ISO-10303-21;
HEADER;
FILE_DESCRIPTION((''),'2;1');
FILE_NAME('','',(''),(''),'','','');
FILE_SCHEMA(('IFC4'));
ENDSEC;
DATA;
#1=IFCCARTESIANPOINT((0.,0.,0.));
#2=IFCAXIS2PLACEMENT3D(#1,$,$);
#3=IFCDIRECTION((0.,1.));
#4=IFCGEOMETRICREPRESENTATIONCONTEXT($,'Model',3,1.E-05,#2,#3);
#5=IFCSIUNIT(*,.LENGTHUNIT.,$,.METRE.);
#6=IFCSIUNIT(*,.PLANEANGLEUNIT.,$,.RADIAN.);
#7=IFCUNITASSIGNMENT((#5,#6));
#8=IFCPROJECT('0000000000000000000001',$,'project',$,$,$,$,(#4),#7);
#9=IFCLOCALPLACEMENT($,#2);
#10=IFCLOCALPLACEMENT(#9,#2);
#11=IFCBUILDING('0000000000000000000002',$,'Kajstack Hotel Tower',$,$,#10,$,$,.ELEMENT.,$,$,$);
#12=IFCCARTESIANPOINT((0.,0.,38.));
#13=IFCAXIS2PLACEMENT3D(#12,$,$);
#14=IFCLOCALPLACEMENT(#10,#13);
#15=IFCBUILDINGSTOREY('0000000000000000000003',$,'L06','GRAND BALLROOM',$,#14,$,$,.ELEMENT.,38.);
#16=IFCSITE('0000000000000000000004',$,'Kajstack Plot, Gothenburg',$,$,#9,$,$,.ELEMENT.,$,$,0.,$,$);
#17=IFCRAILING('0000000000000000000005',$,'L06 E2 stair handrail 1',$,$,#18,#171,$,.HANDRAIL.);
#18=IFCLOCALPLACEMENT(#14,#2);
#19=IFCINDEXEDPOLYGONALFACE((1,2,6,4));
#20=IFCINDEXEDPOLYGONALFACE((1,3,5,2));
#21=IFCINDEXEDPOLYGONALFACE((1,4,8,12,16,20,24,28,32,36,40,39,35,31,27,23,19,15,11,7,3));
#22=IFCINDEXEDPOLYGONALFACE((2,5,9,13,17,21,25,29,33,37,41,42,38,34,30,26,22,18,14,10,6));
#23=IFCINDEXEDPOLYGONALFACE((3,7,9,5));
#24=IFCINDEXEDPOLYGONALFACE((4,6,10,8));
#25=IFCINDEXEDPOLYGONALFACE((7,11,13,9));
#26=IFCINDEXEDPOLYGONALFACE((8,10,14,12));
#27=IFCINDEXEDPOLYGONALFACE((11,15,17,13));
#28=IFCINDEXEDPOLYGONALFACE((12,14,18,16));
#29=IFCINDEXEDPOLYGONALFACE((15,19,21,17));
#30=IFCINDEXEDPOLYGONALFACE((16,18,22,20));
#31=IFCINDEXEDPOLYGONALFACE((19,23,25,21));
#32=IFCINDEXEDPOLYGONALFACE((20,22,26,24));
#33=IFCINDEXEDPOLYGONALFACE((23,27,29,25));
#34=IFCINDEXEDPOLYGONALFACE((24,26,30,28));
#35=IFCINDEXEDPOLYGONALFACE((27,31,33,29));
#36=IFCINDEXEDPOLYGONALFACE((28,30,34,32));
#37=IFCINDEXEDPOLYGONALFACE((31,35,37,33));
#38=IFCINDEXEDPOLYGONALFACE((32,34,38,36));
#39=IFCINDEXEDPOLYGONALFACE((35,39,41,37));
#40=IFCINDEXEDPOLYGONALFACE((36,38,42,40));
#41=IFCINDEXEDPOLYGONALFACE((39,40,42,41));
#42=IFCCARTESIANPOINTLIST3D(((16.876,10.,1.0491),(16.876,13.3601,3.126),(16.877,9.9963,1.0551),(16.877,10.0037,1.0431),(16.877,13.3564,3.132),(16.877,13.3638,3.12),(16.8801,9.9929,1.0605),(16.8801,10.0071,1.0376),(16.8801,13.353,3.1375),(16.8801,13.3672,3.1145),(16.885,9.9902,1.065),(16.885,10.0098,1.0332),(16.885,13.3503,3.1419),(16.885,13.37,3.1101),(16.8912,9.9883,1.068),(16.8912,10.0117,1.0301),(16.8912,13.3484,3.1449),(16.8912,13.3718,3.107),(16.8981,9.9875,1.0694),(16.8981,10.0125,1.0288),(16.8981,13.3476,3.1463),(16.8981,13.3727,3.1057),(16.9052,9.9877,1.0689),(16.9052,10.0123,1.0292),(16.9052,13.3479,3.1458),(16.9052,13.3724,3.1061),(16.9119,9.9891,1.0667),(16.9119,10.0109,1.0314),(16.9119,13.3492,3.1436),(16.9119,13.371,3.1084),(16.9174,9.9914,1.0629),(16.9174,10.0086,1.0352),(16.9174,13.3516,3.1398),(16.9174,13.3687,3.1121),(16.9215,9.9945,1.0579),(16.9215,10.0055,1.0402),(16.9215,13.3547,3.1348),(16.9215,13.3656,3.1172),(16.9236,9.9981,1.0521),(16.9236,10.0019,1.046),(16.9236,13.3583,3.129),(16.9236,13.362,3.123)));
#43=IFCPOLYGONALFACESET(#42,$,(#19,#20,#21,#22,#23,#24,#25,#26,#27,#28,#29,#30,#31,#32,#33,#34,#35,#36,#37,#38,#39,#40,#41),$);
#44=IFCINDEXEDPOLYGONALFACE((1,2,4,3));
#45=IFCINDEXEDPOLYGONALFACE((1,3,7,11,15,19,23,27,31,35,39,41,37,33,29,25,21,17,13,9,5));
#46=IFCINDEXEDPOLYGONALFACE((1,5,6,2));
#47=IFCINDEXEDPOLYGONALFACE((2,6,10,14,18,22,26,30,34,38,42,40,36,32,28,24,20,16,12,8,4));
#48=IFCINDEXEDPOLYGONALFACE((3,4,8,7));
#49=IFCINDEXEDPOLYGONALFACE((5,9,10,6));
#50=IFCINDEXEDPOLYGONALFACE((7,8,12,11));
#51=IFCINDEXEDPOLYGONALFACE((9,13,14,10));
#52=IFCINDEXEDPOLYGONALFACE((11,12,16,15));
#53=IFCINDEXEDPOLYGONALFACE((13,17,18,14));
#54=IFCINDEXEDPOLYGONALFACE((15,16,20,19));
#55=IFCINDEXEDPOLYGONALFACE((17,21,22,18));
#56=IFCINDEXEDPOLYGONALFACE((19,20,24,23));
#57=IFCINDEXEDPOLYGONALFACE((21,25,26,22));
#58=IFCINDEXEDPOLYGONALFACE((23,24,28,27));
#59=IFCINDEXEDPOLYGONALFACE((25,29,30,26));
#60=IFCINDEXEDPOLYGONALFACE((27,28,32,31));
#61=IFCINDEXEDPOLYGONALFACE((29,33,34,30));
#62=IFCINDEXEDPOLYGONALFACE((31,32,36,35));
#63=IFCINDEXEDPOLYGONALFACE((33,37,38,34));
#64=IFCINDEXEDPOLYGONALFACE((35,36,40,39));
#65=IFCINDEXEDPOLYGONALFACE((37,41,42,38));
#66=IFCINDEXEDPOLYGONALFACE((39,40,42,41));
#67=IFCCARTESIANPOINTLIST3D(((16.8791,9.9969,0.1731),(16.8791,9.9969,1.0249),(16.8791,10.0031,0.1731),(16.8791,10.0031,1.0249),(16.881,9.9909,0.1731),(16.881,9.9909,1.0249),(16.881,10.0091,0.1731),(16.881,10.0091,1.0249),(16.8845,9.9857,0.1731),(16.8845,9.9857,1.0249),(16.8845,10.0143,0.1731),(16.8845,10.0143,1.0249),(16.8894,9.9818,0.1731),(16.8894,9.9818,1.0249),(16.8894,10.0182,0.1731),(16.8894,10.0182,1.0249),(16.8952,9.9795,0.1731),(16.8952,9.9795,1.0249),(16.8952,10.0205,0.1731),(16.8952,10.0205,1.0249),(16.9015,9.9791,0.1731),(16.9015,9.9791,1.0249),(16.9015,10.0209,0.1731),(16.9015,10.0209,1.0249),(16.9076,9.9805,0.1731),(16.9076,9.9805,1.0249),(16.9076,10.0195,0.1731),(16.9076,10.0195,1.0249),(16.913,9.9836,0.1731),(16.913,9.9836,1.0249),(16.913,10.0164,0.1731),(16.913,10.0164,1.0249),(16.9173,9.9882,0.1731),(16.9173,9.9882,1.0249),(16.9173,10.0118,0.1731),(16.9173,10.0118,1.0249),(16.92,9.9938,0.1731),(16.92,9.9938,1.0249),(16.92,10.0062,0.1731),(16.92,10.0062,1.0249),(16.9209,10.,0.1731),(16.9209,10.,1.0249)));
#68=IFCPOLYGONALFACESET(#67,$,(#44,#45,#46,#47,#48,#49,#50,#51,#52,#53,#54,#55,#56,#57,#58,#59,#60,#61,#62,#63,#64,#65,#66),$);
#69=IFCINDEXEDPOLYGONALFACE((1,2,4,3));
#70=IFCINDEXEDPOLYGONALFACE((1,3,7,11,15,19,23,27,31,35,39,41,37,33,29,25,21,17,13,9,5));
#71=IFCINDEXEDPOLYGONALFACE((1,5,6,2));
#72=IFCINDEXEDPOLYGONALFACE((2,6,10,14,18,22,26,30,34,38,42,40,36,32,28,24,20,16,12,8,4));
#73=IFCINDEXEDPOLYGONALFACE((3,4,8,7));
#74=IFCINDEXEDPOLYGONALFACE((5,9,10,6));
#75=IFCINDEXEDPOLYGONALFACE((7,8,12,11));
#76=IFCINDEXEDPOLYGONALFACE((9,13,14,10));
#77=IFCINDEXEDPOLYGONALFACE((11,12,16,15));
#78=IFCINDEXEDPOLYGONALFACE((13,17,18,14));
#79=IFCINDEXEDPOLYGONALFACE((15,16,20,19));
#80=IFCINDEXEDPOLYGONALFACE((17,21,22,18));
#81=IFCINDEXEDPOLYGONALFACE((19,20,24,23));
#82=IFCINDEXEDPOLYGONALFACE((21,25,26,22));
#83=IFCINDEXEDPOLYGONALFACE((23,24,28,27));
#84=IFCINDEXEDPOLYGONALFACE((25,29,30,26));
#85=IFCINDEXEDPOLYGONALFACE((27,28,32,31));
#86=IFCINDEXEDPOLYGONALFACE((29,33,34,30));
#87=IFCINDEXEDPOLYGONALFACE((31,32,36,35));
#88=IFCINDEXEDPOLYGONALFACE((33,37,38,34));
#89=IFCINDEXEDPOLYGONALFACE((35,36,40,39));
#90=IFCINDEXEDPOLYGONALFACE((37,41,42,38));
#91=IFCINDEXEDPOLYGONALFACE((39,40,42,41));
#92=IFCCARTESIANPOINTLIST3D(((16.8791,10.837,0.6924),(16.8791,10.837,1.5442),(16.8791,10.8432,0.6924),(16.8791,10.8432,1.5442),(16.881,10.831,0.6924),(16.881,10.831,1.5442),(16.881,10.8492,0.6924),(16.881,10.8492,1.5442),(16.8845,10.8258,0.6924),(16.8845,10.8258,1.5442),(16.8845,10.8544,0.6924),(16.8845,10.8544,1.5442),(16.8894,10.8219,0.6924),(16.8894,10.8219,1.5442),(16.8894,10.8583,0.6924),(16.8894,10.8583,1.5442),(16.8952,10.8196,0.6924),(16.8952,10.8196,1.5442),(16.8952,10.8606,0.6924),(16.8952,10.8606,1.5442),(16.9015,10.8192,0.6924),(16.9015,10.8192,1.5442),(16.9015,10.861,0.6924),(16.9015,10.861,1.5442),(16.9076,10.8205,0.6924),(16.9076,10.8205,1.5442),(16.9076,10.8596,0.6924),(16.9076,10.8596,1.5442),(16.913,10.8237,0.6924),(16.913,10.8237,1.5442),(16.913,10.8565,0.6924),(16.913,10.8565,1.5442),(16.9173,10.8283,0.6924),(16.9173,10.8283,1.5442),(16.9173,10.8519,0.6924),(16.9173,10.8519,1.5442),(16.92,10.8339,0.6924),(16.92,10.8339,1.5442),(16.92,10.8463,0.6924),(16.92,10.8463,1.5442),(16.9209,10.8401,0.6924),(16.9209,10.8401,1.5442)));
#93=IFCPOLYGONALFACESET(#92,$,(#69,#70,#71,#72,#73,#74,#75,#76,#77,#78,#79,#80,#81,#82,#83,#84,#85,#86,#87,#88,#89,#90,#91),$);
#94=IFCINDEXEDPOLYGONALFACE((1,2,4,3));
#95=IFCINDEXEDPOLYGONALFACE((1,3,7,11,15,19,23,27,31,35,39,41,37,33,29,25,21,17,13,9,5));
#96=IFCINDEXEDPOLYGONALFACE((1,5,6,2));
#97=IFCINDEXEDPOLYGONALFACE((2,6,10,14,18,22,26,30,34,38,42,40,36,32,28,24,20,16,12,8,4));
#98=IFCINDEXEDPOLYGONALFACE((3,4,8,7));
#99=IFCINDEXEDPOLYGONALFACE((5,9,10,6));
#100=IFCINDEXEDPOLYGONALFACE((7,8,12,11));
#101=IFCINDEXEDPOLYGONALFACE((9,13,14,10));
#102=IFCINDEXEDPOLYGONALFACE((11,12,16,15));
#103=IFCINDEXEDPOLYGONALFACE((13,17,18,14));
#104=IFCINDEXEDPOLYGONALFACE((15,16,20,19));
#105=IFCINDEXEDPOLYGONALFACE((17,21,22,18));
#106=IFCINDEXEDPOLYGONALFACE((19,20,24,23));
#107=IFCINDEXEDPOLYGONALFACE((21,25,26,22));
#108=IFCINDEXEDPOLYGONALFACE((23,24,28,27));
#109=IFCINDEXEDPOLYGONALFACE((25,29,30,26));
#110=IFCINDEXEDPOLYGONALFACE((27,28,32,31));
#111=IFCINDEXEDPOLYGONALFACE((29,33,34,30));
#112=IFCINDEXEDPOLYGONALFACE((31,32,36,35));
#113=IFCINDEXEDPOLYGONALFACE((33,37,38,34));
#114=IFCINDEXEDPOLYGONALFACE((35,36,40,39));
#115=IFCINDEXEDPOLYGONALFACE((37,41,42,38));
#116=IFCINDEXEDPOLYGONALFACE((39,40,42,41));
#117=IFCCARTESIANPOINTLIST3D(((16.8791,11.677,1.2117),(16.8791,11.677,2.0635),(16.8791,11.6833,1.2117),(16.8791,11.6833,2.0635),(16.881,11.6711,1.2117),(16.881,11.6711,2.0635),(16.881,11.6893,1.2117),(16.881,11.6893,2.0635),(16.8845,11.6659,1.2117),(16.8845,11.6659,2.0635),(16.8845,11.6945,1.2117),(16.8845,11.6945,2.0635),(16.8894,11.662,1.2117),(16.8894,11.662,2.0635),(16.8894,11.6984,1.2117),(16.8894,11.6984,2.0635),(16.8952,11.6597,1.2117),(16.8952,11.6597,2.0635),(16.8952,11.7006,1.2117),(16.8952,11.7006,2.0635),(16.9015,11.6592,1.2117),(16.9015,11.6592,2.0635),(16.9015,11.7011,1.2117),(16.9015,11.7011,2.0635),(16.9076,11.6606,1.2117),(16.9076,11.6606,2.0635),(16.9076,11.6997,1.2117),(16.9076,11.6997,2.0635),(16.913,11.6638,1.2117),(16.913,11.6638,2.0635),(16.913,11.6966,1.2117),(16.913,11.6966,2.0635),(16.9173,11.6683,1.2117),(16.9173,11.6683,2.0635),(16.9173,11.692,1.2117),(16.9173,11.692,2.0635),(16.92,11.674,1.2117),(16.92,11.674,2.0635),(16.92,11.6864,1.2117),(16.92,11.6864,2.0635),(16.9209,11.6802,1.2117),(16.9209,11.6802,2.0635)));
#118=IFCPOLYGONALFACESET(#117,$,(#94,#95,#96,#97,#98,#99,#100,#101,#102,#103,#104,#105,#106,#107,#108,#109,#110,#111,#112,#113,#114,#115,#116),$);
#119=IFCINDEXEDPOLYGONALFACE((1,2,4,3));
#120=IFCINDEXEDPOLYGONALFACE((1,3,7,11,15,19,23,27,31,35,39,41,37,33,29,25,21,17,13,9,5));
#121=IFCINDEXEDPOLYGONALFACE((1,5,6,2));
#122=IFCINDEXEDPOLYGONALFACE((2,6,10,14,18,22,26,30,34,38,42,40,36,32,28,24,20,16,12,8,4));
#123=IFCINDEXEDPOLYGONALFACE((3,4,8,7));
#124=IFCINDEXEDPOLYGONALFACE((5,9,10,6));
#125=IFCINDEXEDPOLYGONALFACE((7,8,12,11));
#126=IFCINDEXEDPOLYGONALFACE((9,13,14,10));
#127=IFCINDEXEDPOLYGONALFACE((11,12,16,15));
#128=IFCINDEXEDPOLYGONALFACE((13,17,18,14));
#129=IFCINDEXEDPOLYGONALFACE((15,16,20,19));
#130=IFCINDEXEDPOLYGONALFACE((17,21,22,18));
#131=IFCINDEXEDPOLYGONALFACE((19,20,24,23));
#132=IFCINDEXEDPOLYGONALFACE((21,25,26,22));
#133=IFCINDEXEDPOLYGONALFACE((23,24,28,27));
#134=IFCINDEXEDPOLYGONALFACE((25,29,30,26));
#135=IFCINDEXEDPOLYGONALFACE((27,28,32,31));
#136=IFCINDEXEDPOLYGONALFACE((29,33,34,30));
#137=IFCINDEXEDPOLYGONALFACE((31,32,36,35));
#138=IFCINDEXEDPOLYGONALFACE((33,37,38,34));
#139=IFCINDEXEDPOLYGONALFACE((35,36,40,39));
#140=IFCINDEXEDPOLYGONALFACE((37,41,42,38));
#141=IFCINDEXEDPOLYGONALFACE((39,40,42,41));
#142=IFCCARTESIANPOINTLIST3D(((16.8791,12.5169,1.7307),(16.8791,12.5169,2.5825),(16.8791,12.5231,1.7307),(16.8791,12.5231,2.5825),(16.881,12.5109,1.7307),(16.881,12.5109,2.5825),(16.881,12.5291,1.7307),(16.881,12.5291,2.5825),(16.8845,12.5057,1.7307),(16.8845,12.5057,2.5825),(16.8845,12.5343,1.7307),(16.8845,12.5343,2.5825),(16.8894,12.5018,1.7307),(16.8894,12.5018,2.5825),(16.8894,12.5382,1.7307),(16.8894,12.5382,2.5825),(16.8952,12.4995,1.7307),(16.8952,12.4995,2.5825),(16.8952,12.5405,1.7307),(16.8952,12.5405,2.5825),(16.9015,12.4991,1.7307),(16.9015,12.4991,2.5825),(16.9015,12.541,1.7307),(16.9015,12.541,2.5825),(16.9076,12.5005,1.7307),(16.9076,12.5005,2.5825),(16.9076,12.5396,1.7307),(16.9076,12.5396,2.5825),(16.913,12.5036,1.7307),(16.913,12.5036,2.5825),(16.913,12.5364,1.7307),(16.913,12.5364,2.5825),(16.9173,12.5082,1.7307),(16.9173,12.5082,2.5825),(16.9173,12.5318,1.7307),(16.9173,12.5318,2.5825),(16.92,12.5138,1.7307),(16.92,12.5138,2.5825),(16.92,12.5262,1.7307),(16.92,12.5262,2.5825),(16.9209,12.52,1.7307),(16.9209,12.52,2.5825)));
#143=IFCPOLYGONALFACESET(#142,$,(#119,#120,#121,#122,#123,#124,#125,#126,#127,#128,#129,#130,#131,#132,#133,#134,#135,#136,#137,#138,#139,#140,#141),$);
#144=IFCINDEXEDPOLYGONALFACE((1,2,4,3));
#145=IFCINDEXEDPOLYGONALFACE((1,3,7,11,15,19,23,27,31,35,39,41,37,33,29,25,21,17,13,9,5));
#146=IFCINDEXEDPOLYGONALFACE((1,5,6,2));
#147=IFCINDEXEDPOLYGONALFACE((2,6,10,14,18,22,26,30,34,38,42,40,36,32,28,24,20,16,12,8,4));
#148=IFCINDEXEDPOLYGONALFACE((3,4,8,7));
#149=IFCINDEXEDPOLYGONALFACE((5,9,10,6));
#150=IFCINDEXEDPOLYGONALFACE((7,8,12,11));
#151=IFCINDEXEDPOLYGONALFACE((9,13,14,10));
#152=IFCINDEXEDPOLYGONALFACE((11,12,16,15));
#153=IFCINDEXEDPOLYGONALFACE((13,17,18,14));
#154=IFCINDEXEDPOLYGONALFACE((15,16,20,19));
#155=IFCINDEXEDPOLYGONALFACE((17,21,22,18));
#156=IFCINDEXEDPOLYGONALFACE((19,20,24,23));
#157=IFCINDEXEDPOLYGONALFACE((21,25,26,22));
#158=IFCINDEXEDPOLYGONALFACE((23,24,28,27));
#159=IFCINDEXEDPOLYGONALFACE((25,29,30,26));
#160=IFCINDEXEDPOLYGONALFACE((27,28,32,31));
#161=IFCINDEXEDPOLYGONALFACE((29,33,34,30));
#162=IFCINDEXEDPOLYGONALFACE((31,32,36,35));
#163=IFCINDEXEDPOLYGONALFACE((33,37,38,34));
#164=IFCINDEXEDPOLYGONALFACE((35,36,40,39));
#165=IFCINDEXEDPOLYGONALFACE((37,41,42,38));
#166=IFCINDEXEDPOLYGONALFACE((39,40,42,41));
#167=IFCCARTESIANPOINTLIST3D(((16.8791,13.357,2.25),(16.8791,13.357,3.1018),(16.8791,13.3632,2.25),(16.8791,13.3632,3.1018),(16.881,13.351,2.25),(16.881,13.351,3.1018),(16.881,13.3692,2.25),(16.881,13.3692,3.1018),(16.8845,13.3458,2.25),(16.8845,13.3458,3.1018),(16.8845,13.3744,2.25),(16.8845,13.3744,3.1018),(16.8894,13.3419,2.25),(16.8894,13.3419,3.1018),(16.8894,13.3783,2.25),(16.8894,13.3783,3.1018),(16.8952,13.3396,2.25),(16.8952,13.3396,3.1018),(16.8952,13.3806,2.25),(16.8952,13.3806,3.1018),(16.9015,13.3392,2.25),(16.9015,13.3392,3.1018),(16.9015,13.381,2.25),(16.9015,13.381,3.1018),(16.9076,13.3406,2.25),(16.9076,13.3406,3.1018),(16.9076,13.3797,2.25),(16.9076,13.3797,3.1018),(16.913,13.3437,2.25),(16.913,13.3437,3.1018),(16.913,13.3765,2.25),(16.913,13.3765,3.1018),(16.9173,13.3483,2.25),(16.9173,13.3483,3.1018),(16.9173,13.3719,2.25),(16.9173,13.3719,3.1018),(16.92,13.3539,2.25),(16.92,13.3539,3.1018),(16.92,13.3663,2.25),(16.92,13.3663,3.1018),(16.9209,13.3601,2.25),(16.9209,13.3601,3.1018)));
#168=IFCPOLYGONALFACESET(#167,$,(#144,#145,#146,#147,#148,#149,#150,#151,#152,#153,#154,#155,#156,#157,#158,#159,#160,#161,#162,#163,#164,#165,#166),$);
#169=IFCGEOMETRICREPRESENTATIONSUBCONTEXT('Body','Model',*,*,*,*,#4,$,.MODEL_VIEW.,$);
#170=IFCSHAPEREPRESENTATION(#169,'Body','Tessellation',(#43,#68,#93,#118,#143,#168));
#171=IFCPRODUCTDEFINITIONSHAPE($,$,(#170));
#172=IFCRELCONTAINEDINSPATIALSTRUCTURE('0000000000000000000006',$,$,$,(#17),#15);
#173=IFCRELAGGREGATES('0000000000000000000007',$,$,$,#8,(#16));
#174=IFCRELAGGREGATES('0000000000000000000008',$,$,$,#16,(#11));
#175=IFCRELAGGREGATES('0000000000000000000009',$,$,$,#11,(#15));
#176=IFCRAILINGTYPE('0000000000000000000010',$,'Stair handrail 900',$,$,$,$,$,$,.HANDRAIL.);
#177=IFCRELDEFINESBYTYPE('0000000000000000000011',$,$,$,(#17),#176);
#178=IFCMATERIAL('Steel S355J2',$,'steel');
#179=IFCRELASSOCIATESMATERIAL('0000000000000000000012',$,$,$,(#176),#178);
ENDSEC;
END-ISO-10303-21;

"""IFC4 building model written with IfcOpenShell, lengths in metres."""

from ifc_helpers import new_model, si_unit, direction, frame, origin, origin_2d, place, context, subcontext, project, spatial, circle, extrude, material, type_object, element, save


model = new_model("IFC4")

# Units and contexts
model_context = context("Model", 3, precision=1e-05, world=origin(), true_north=direction((0.0, 1.0)))
body_context = subcontext(model_context, "Body", "Model", "MODEL_VIEW")
ifc_project = project(units=[si_unit("LENGTHUNIT", "METRE"), si_unit("PLANEANGLEUNIT", "RADIAN")], contexts=[model_context])

# Site, building, storey
site_placement = place(None, origin())
site = spatial("IfcSite", under=ifc_project, at=site_placement, Name="Kajstack Plot, Gothenburg", CompositionType="ELEMENT", RefElevation=0.0)
building_placement = place(site_placement, origin())
building = spatial("IfcBuilding", under=site, at=building_placement, Name="Kajstack Hotel Tower", CompositionType="ELEMENT")
storey_placement = place(building_placement, frame((0.0, 0.0, 38.0)))
storey = spatial("IfcBuildingStorey", under=building, at=storey_placement, Name="L06", Description="GRAND BALLROOM", CompositionType="ELEMENT", Elevation=38.0)

# Railing
ifc_material_1 = material(Name="Steel S355J2", Category="steel")
railing_type_1 = type_object("IfcRailingType", Name="Stair handrail 900", PredefinedType="HANDRAIL", material=ifc_material_1)
for number, where, name in (
    (1, (16.8999, 10.0, 0.1731), "L06 E2 stair handrail 1"),
):
    element("IfcRailing", number, at=place(storey_placement, frame(where)), inside=storey, type_object=railing_type_1, Name=name, PredefinedType="HANDRAIL", context=body_context, shape_type="SweptSolid", body=[
        extrude(circle(Radius=0.0239, at=origin_2d()), frame((0.0, 0.0, 0.876), z_axis=(0.0, 0.850623, 0.525776), x_axis=(-1.0, 0.0, 0.0)), (0.0, 0.0, 1.0), 3.9502),
        extrude(circle(Radius=0.021, at=origin_2d()), origin(), (0.0, 0.0, 1.0), 0.8518),
        extrude(circle(Radius=0.021, at=origin_2d()), frame((0.0, 0.8401, 0.5193)), (0.0, 0.0, 1.0), 0.8518),
        extrude(circle(Radius=0.021, at=origin_2d()), frame((0.0, 1.6802, 1.0386)), (0.0, 0.0, 1.0), 0.8518),
        extrude(circle(Radius=0.021, at=origin_2d()), frame((0.0, 2.52, 1.5576)), (0.0, 0.0, 1.0), 0.8518),
        extrude(circle(Radius=0.021, at=origin_2d()), frame((0.0, 3.3601, 2.0769)), (0.0, 0.0, 1.0), 0.8518),
    ])

save(model, "model.ifc")
